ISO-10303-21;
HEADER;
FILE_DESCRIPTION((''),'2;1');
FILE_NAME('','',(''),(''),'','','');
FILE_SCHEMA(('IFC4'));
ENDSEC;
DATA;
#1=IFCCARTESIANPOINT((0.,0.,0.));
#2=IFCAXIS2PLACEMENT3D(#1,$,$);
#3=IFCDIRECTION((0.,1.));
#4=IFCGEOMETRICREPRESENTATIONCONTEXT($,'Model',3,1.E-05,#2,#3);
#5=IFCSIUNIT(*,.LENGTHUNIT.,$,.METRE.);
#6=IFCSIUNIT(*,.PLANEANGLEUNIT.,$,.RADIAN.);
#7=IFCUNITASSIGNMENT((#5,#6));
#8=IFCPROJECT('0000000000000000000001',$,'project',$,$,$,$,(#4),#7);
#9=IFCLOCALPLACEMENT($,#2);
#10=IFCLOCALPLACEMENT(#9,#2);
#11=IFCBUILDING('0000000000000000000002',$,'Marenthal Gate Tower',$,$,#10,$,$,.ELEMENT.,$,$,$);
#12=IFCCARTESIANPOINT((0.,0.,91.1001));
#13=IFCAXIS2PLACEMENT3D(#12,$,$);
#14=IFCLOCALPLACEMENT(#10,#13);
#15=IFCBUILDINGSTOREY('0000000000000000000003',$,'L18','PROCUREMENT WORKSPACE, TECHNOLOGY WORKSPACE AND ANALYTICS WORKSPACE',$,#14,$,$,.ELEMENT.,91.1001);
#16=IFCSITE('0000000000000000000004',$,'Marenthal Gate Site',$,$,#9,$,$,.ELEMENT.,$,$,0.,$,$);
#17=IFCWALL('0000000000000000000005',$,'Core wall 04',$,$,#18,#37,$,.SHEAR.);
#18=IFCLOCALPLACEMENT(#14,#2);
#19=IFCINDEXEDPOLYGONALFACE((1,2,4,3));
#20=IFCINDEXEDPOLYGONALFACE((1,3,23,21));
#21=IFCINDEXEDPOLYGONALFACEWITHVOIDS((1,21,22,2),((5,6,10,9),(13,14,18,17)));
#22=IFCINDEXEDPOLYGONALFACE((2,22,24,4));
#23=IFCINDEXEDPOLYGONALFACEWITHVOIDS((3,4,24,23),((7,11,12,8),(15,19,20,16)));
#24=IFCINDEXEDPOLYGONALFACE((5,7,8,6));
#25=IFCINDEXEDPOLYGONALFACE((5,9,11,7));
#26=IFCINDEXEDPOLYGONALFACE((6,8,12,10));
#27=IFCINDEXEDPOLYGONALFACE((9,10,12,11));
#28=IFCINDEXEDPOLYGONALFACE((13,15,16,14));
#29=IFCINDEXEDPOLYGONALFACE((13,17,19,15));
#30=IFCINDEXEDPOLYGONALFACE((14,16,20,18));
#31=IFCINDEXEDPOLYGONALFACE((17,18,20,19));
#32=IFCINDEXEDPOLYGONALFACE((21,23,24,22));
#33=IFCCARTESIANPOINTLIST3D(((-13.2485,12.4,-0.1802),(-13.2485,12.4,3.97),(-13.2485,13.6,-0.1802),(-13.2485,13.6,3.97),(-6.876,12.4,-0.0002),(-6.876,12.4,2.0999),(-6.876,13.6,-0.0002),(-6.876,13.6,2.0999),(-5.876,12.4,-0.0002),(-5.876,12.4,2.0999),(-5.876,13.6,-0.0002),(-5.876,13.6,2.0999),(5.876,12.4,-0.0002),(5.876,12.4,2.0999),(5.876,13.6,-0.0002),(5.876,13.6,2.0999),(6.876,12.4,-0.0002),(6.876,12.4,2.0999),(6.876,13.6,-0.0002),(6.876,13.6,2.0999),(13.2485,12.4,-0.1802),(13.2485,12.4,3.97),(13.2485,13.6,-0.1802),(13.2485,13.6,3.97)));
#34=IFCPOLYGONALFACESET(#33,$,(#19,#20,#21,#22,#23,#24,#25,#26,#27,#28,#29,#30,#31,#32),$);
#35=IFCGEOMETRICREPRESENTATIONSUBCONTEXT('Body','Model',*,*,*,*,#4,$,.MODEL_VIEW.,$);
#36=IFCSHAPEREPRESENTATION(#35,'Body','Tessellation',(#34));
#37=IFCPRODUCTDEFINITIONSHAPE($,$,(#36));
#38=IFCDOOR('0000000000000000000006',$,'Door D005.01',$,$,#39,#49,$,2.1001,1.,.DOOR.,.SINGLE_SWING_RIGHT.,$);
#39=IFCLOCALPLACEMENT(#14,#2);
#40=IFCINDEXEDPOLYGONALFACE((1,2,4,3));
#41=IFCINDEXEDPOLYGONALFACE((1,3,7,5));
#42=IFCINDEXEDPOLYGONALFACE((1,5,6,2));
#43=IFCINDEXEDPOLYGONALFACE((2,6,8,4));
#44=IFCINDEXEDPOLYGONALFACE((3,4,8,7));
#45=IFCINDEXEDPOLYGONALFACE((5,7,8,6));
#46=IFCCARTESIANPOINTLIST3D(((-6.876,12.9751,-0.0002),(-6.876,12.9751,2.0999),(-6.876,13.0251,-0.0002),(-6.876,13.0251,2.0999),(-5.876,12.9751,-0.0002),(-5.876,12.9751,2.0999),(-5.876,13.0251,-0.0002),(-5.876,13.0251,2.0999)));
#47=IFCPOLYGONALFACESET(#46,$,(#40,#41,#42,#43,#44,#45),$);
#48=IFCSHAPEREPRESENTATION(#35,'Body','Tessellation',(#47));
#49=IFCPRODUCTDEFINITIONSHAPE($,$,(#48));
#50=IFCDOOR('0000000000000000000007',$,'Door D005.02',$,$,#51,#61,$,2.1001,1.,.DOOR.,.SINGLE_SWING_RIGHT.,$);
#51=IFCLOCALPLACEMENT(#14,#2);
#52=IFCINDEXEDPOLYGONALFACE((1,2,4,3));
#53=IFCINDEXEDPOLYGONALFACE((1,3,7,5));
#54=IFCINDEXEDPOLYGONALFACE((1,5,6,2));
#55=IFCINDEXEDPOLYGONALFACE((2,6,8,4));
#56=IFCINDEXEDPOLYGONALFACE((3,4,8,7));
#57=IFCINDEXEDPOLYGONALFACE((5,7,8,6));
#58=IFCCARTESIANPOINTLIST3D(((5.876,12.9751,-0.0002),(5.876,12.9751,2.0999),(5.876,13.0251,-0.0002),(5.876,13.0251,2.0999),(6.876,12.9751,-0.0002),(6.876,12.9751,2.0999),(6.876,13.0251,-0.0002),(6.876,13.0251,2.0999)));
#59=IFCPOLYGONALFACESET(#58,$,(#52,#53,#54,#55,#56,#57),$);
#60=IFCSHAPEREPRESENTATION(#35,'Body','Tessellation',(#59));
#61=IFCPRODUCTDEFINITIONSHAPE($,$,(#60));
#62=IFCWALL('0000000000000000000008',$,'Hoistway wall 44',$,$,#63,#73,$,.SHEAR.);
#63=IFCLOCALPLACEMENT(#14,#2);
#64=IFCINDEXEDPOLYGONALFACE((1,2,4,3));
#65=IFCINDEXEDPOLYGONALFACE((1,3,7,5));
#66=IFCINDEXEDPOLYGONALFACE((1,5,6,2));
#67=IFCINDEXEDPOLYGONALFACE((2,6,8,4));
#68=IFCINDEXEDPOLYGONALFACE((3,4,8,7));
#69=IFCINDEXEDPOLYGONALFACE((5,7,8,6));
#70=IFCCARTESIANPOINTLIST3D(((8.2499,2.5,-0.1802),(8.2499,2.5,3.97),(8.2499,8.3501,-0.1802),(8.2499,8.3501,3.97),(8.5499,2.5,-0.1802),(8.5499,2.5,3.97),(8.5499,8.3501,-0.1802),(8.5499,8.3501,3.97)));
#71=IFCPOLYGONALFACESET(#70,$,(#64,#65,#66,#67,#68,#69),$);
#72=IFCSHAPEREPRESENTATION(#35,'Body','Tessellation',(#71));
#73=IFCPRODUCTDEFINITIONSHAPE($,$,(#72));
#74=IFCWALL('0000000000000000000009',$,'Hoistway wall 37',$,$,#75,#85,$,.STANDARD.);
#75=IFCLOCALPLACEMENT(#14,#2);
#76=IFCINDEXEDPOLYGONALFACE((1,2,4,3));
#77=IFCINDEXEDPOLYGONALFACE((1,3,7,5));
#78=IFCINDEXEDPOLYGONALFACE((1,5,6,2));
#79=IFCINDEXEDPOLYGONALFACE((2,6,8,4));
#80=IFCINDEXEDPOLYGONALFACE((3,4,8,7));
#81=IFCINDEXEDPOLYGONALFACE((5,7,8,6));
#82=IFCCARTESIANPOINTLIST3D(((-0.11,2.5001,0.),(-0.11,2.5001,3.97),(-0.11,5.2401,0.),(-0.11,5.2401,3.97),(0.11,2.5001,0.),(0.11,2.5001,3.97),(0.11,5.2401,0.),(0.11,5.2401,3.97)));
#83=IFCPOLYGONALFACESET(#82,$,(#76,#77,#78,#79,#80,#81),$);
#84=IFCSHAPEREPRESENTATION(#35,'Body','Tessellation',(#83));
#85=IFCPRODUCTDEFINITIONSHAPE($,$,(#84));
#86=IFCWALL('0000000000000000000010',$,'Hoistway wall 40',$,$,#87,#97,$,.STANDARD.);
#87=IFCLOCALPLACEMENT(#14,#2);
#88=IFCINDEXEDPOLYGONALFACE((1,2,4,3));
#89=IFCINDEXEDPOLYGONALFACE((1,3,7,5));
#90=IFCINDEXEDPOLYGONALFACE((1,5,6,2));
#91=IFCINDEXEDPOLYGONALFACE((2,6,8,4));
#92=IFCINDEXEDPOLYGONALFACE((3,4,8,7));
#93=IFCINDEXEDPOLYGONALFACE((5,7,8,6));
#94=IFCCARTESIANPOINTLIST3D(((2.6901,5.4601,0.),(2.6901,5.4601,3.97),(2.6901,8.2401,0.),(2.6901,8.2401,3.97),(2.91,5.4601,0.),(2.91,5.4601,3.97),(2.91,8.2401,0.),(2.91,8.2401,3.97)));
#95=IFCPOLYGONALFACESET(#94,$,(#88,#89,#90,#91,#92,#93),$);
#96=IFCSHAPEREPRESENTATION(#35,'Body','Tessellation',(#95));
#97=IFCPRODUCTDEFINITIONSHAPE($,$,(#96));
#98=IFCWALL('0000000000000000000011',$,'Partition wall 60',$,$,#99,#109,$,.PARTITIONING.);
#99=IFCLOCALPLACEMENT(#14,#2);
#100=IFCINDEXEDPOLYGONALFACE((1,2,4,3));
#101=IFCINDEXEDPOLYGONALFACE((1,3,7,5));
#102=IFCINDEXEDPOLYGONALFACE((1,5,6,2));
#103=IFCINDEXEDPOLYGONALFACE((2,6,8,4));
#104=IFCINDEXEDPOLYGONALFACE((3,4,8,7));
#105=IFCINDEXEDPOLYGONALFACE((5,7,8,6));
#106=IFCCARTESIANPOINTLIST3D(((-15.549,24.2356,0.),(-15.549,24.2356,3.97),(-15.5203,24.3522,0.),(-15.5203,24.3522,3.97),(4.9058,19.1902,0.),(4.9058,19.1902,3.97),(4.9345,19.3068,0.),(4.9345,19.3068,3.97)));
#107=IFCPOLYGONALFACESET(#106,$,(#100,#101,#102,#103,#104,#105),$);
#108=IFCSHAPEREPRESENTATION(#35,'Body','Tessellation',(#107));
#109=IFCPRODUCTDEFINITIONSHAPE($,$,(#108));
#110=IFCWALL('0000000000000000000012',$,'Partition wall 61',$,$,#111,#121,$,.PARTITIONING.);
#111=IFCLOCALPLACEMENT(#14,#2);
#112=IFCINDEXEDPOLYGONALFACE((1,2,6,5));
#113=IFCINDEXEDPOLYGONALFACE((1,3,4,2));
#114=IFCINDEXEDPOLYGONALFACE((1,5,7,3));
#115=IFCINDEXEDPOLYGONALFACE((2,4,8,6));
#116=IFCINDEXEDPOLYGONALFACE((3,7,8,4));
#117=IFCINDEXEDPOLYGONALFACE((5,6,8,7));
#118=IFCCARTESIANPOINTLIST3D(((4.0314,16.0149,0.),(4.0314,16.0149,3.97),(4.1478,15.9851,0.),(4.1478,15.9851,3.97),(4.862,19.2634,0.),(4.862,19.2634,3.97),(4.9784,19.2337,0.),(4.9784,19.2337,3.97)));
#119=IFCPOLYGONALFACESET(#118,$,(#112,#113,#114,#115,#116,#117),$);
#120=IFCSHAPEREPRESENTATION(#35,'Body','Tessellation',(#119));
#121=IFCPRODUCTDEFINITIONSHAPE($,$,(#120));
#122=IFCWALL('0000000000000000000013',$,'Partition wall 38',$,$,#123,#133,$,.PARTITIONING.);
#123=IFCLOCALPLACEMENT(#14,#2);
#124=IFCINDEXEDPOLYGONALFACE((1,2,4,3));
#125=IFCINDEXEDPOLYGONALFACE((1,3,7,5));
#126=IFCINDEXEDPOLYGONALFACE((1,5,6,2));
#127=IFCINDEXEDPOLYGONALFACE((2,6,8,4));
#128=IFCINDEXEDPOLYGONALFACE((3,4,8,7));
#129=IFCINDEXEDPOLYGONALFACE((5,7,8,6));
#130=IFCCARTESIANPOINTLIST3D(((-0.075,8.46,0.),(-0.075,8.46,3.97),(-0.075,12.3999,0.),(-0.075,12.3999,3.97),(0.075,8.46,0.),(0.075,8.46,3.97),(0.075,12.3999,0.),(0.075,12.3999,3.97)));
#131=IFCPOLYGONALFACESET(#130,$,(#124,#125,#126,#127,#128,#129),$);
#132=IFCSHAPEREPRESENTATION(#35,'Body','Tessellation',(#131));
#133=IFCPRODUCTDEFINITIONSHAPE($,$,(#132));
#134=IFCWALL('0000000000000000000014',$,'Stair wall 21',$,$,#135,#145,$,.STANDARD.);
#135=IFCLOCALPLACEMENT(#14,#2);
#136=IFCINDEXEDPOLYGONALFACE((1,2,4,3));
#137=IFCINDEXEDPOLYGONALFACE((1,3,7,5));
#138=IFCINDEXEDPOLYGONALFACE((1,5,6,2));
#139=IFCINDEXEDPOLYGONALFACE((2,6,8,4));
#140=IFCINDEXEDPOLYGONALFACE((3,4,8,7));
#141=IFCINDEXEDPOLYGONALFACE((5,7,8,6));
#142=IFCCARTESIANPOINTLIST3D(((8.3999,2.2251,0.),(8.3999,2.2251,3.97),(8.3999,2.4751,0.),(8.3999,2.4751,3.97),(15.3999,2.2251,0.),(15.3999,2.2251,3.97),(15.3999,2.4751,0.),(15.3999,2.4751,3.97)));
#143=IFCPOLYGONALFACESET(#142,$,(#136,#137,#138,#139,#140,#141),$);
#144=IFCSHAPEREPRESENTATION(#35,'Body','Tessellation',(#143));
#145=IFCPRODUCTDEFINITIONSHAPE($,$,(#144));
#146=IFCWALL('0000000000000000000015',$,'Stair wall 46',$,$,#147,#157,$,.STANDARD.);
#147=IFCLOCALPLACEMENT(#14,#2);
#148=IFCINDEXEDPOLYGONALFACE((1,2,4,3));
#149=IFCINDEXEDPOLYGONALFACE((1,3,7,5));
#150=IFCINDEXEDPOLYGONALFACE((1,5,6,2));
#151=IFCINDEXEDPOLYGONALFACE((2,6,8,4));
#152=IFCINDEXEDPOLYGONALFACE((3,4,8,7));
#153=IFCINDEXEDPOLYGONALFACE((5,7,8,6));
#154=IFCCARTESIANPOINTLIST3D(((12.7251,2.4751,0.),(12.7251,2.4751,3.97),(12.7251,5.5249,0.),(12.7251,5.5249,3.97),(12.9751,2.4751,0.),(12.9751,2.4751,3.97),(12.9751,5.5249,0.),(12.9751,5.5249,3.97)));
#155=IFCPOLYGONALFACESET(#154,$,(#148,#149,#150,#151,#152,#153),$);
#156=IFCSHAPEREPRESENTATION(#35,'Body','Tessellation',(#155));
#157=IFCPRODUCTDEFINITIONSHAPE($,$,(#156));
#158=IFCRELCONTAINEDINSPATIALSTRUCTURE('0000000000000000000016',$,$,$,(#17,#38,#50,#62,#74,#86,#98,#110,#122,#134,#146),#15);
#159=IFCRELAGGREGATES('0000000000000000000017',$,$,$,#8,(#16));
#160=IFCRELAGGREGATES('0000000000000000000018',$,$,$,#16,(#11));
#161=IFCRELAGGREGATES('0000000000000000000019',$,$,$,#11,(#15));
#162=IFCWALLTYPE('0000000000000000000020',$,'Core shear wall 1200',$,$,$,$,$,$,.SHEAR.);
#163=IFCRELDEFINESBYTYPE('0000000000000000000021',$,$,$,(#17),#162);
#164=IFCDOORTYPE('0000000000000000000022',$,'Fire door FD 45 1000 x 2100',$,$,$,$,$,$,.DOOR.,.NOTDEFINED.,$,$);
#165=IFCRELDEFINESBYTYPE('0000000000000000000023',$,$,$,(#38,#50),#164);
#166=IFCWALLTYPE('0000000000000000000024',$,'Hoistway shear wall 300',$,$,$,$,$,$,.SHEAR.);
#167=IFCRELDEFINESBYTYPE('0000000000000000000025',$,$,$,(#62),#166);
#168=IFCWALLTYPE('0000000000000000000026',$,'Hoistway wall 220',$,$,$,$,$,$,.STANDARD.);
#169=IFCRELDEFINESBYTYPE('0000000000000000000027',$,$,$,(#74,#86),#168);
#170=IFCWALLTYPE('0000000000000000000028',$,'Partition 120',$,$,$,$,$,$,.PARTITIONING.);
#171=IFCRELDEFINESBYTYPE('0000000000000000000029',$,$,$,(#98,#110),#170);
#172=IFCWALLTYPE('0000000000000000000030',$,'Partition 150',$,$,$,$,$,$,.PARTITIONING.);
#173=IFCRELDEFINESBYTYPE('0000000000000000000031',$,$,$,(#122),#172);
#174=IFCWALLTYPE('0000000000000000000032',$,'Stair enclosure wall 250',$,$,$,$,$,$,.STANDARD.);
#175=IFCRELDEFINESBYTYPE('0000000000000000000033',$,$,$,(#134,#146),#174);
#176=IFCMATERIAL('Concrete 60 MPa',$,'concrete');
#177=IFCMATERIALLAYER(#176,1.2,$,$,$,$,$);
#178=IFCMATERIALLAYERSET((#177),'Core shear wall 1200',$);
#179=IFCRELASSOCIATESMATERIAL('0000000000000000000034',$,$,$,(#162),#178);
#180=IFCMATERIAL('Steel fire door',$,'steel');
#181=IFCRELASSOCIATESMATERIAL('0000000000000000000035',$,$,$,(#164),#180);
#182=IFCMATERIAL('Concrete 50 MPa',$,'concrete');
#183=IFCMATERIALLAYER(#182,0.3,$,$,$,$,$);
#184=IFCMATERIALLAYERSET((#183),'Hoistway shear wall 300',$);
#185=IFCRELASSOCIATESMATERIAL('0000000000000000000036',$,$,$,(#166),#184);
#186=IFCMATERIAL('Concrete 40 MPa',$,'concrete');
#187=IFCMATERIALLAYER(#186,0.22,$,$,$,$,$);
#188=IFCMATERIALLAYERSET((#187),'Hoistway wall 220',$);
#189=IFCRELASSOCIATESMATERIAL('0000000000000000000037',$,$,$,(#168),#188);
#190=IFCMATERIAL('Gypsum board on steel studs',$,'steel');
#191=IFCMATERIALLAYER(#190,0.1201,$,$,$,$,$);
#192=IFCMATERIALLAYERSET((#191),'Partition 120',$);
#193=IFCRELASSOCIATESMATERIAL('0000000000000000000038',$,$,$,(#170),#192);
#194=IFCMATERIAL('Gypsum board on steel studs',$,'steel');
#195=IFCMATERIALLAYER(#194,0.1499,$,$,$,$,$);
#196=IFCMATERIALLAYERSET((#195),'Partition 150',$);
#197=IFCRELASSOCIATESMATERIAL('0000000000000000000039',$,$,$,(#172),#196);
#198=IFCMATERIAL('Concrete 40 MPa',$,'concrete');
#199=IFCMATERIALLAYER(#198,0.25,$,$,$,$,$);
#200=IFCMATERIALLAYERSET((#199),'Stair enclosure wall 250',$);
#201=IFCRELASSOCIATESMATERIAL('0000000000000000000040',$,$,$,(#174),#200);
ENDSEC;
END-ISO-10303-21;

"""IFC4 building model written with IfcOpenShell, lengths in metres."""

from ifc_helpers import new_model, si_unit, direction, frame, frame_2d, origin, place, context, subcontext, project, spatial, rectangle, extrude, material, layer, layer_set, type_object, element, fill, save


model = new_model("IFC4")

# Units and contexts
model_context = context("Model", 3, precision=1e-05, world=origin(), true_north=direction((0.0, 1.0)))
body_context = subcontext(model_context, "Body", "Model", "MODEL_VIEW")
ifc_project = project(units=[si_unit("LENGTHUNIT", "METRE"), si_unit("PLANEANGLEUNIT", "RADIAN")], contexts=[model_context])

# Site, building, storey
site_placement = place(None, origin())
site = spatial("IfcSite", under=ifc_project, at=site_placement, Name="Marenthal Gate Site", CompositionType="ELEMENT", RefElevation=0.0)
building_placement = place(site_placement, origin())
building = spatial("IfcBuilding", under=site, at=building_placement, Name="Marenthal Gate Tower", CompositionType="ELEMENT")
storey_placement = place(building_placement, frame((0.0, 0.0, 91.1001)))
storey = spatial("IfcBuildingStorey", under=building, at=storey_placement, Name="L18", Description="PROCUREMENT WORKSPACE, TECHNOLOGY WORKSPACE AND ANALYTICS WORKSPACE", CompositionType="ELEMENT", Elevation=91.1001)

# Wall, openings, doors
ifc_material_1 = material(Name="Concrete 60 MPa", Category="concrete")
ifc_layer_1 = layer(ifc_material_1, 1.2)
ifc_layer_set_1 = layer_set([ifc_layer_1], Name="Core shear wall 1200")
wall_type_1 = type_object("IfcWallType", Name="Core shear wall 1200", PredefinedType="SHEAR", material=ifc_layer_set_1)
wall_1_placement = place(storey_placement, frame((13.2485, 13.0, -0.1802), z_axis=(0.0, 0.0, 1.0), x_axis=(-1.0, 0.0, 0.0)))
wall_1 = element("IfcWall", 1, at=wall_1_placement, inside=storey, type_object=wall_type_1, Name="Core wall 04", PredefinedType="SHEAR", context=body_context, shape_type="SweptSolid", body=[
    extrude(rectangle(XDim=26.4971, YDim=1.2, at=frame_2d((13.2485, 0.0))), origin(), (0.0, 0.0, 1.0), 4.1501),
])
opening_1_placement = place(wall_1_placement, frame((19.1245, 0.0, 0.1799)))
opening_1 = element("IfcOpeningElement", 2, at=opening_1_placement, cuts=wall_1, PredefinedType="OPENING", context=body_context, shape_type="SweptSolid", body=[
    extrude(rectangle(XDim=1.0, YDim=2.1001, at=frame_2d((0.5, 1.05))), frame((0.0, 0.6099, 0.0), z_axis=(0.0, -1.0, 0.0), x_axis=(1.0, 0.0, 0.0)), (0.0, 0.0, 1.0), 1.22),
])
opening_2_placement = place(wall_1_placement, frame((6.3726, 0.0, 0.1799)))
opening_2 = element("IfcOpeningElement", 3, at=opening_2_placement, cuts=wall_1, PredefinedType="OPENING", context=body_context, shape_type="SweptSolid", body=[
    extrude(rectangle(XDim=1.0, YDim=2.1001, at=frame_2d((0.5, 1.05))), frame((0.0, 0.6099, 0.0), z_axis=(0.0, -1.0, 0.0), x_axis=(1.0, 0.0, 0.0)), (0.0, 0.0, 1.0), 1.22),
])
ifc_material_2 = material(Name="Steel fire door", Category="steel")
door_type_1 = type_object("IfcDoorType", Name="Fire door FD 45 1000 x 2100", OperationType="NOTDEFINED", PredefinedType="DOOR", material=ifc_material_2)
door_1_placement = place(opening_1_placement, origin())
door_1 = element("IfcDoor", 4, at=door_1_placement, inside=storey, type_object=door_type_1, Name="Door D005.01", OperationType="SINGLE_SWING_RIGHT", OverallHeight=2.1001, OverallWidth=1.0, PredefinedType="DOOR", context=body_context, shape_type="SweptSolid", body=[
    extrude(rectangle(XDim=1.0, YDim=2.1001, at=frame_2d((0.5, 1.05))), frame((0.0, 0.0249, 0.0), z_axis=(0.0, -1.0, 0.0), x_axis=(1.0, 0.0, 0.0)), (0.0, 0.0, 1.0), 0.05),
])
fill(opening_1, door_1)
door_2_placement = place(opening_2_placement, origin())
door_2 = element("IfcDoor", 5, at=door_2_placement, inside=storey, type_object=door_type_1, Name="Door D005.02", OperationType="SINGLE_SWING_RIGHT", OverallHeight=2.1001, OverallWidth=1.0, PredefinedType="DOOR", context=body_context, shape_type="SweptSolid", body=[
    extrude(rectangle(XDim=1.0, YDim=2.1001, at=frame_2d((0.5, 1.05))), frame((0.0, 0.0249, 0.0), z_axis=(0.0, -1.0, 0.0), x_axis=(1.0, 0.0, 0.0)), (0.0, 0.0, 1.0), 0.05),
])
fill(opening_2, door_2)

# Walls
ifc_material_3 = material(Name="Concrete 50 MPa", Category="concrete")
ifc_layer_2 = layer(ifc_material_3, 0.3)
ifc_layer_set_2 = layer_set([ifc_layer_2], Name="Hoistway shear wall 300")
wall_type_2 = type_object("IfcWallType", Name="Hoistway shear wall 300", PredefinedType="SHEAR", material=ifc_layer_set_2)
wall_2_placement = place(storey_placement, frame((8.3999, 2.5, -0.1802), z_axis=(0.0, 0.0, 1.0), x_axis=(0.0, 1.0, 0.0)))
element("IfcWall", 6, at=wall_2_placement, inside=storey, type_object=wall_type_2, Name="Hoistway wall 44", PredefinedType="SHEAR", context=body_context, shape_type="SweptSolid", body=[
    extrude(rectangle(XDim=5.8501, YDim=0.3, at=frame_2d((2.925, 0.0))), origin(), (0.0, 0.0, 1.0), 4.1501),
])
ifc_material_4 = material(Name="Concrete 40 MPa", Category="concrete")
ifc_layer_3 = layer(ifc_material_4, 0.22)
ifc_layer_set_3 = layer_set([ifc_layer_3], Name="Hoistway wall 220")
wall_type_3 = type_object("IfcWallType", Name="Hoistway wall 220", PredefinedType="STANDARD", material=ifc_layer_set_3)
wall_3_placement = place(storey_placement, frame((0.0, 2.5, 0.0), z_axis=(0.0, 0.0, 1.0), x_axis=(0.0, 1.0, 0.0)))
element("IfcWall", 7, at=wall_3_placement, inside=storey, type_object=wall_type_3, Name="Hoistway wall 37", PredefinedType="STANDARD", context=body_context, shape_type="SweptSolid", body=[
    extrude(rectangle(XDim=2.74, YDim=0.22, at=frame_2d((1.3701, 0.0))), origin(), (0.0, 0.0, 1.0), 3.97),
])
wall_4_placement = place(storey_placement, frame((2.8, 5.46, 0.0), z_axis=(0.0, 0.0, 1.0), x_axis=(0.0, 1.0, 0.0)))
element("IfcWall", 8, at=wall_4_placement, inside=storey, type_object=wall_type_3, Name="Hoistway wall 40", PredefinedType="STANDARD", context=body_context, shape_type="SweptSolid", body=[
    extrude(rectangle(XDim=2.78, YDim=0.22, at=frame_2d((1.3901, 0.0))), origin(), (0.0, 0.0, 1.0), 3.97),
])
ifc_material_5 = material(Name="Gypsum board on steel studs", Category="steel")
ifc_layer_4 = layer(ifc_material_5, 0.1201)
ifc_layer_set_4 = layer_set([ifc_layer_4], Name="Partition 120")
wall_type_4 = type_object("IfcWallType", Name="Partition 120", PredefinedType="PARTITIONING", material=ifc_layer_set_4)
wall_5_placement = place(storey_placement, frame((4.9202, 19.2485, 0.0), z_axis=(0.0, 0.0, 1.0), x_axis=(-0.9709, 0.239483, 0.0)))
element("IfcWall", 9, at=wall_5_placement, inside=storey, type_object=wall_type_4, Name="Partition wall 60", PredefinedType="PARTITIONING", context=body_context, shape_type="SweptSolid", body=[
    extrude(rectangle(XDim=21.0679, YDim=0.1201, at=frame_2d((10.5339, 0.0))), origin(), (0.0, 0.0, 1.0), 3.97),
])
wall_6_placement = place(storey_placement, frame((4.9202, 19.2485, 0.0), z_axis=(0.0, 0.0, 1.0), x_axis=(-0.247706, -0.968835, 0.0)))
element("IfcWall", 10, at=wall_6_placement, inside=storey, type_object=wall_type_4, Name="Partition wall 61", PredefinedType="PARTITIONING", context=body_context, shape_type="SweptSolid", body=[
    extrude(rectangle(XDim=3.353, YDim=0.1201, at=frame_2d((1.6765, 0.0))), origin(), (0.0, 0.0, 1.0), 3.97),
])
ifc_material_6 = material(Name="Gypsum board on steel studs", Category="steel")
ifc_layer_5 = layer(ifc_material_6, 0.1499)
ifc_layer_set_5 = layer_set([ifc_layer_5], Name="Partition 150")
wall_type_5 = type_object("IfcWallType", Name="Partition 150", PredefinedType="PARTITIONING", material=ifc_layer_set_5)
wall_7_placement = place(storey_placement, frame((0.0, 8.46, 0.0), z_axis=(0.0, 0.0, 1.0), x_axis=(0.0, 1.0, 0.0)))
element("IfcWall", 11, at=wall_7_placement, inside=storey, type_object=wall_type_5, Name="Partition wall 38", PredefinedType="PARTITIONING", context=body_context, shape_type="SweptSolid", body=[
    extrude(rectangle(XDim=3.9399, YDim=0.1499, at=frame_2d((1.97, 0.0))), origin(), (0.0, 0.0, 1.0), 3.97),
])
ifc_material_7 = material(Name="Concrete 40 MPa", Category="concrete")
ifc_layer_6 = layer(ifc_material_7, 0.25)
ifc_layer_set_6 = layer_set([ifc_layer_6], Name="Stair enclosure wall 250")
wall_type_6 = type_object("IfcWallType", Name="Stair enclosure wall 250", PredefinedType="STANDARD", material=ifc_layer_set_6)
wall_8_placement = place(storey_placement, frame((8.3999, 2.3501, 0.0), z_axis=(0.0, 0.0, 1.0), x_axis=(1.0, 0.0, 0.0)))
element("IfcWall", 12, at=wall_8_placement, inside=storey, type_object=wall_type_6, Name="Stair wall 21", PredefinedType="STANDARD", context=body_context, shape_type="SweptSolid", body=[
    extrude(rectangle(XDim=7.0, YDim=0.25, at=frame_2d((3.5, 0.0))), origin(), (0.0, 0.0, 1.0), 3.97),
])
wall_9_placement = place(storey_placement, frame((12.8501, 2.4751, 0.0), z_axis=(0.0, 0.0, 1.0), x_axis=(0.0, 1.0, 0.0)))
element("IfcWall", 13, at=wall_9_placement, inside=storey, type_object=wall_type_6, Name="Stair wall 46", PredefinedType="STANDARD", context=body_context, shape_type="SweptSolid", body=[
    extrude(rectangle(XDim=3.0498, YDim=0.25, at=frame_2d((1.5249, 0.0))), origin(), (0.0, 0.0, 1.0), 3.97),
])

save(model, "model.ifc")
